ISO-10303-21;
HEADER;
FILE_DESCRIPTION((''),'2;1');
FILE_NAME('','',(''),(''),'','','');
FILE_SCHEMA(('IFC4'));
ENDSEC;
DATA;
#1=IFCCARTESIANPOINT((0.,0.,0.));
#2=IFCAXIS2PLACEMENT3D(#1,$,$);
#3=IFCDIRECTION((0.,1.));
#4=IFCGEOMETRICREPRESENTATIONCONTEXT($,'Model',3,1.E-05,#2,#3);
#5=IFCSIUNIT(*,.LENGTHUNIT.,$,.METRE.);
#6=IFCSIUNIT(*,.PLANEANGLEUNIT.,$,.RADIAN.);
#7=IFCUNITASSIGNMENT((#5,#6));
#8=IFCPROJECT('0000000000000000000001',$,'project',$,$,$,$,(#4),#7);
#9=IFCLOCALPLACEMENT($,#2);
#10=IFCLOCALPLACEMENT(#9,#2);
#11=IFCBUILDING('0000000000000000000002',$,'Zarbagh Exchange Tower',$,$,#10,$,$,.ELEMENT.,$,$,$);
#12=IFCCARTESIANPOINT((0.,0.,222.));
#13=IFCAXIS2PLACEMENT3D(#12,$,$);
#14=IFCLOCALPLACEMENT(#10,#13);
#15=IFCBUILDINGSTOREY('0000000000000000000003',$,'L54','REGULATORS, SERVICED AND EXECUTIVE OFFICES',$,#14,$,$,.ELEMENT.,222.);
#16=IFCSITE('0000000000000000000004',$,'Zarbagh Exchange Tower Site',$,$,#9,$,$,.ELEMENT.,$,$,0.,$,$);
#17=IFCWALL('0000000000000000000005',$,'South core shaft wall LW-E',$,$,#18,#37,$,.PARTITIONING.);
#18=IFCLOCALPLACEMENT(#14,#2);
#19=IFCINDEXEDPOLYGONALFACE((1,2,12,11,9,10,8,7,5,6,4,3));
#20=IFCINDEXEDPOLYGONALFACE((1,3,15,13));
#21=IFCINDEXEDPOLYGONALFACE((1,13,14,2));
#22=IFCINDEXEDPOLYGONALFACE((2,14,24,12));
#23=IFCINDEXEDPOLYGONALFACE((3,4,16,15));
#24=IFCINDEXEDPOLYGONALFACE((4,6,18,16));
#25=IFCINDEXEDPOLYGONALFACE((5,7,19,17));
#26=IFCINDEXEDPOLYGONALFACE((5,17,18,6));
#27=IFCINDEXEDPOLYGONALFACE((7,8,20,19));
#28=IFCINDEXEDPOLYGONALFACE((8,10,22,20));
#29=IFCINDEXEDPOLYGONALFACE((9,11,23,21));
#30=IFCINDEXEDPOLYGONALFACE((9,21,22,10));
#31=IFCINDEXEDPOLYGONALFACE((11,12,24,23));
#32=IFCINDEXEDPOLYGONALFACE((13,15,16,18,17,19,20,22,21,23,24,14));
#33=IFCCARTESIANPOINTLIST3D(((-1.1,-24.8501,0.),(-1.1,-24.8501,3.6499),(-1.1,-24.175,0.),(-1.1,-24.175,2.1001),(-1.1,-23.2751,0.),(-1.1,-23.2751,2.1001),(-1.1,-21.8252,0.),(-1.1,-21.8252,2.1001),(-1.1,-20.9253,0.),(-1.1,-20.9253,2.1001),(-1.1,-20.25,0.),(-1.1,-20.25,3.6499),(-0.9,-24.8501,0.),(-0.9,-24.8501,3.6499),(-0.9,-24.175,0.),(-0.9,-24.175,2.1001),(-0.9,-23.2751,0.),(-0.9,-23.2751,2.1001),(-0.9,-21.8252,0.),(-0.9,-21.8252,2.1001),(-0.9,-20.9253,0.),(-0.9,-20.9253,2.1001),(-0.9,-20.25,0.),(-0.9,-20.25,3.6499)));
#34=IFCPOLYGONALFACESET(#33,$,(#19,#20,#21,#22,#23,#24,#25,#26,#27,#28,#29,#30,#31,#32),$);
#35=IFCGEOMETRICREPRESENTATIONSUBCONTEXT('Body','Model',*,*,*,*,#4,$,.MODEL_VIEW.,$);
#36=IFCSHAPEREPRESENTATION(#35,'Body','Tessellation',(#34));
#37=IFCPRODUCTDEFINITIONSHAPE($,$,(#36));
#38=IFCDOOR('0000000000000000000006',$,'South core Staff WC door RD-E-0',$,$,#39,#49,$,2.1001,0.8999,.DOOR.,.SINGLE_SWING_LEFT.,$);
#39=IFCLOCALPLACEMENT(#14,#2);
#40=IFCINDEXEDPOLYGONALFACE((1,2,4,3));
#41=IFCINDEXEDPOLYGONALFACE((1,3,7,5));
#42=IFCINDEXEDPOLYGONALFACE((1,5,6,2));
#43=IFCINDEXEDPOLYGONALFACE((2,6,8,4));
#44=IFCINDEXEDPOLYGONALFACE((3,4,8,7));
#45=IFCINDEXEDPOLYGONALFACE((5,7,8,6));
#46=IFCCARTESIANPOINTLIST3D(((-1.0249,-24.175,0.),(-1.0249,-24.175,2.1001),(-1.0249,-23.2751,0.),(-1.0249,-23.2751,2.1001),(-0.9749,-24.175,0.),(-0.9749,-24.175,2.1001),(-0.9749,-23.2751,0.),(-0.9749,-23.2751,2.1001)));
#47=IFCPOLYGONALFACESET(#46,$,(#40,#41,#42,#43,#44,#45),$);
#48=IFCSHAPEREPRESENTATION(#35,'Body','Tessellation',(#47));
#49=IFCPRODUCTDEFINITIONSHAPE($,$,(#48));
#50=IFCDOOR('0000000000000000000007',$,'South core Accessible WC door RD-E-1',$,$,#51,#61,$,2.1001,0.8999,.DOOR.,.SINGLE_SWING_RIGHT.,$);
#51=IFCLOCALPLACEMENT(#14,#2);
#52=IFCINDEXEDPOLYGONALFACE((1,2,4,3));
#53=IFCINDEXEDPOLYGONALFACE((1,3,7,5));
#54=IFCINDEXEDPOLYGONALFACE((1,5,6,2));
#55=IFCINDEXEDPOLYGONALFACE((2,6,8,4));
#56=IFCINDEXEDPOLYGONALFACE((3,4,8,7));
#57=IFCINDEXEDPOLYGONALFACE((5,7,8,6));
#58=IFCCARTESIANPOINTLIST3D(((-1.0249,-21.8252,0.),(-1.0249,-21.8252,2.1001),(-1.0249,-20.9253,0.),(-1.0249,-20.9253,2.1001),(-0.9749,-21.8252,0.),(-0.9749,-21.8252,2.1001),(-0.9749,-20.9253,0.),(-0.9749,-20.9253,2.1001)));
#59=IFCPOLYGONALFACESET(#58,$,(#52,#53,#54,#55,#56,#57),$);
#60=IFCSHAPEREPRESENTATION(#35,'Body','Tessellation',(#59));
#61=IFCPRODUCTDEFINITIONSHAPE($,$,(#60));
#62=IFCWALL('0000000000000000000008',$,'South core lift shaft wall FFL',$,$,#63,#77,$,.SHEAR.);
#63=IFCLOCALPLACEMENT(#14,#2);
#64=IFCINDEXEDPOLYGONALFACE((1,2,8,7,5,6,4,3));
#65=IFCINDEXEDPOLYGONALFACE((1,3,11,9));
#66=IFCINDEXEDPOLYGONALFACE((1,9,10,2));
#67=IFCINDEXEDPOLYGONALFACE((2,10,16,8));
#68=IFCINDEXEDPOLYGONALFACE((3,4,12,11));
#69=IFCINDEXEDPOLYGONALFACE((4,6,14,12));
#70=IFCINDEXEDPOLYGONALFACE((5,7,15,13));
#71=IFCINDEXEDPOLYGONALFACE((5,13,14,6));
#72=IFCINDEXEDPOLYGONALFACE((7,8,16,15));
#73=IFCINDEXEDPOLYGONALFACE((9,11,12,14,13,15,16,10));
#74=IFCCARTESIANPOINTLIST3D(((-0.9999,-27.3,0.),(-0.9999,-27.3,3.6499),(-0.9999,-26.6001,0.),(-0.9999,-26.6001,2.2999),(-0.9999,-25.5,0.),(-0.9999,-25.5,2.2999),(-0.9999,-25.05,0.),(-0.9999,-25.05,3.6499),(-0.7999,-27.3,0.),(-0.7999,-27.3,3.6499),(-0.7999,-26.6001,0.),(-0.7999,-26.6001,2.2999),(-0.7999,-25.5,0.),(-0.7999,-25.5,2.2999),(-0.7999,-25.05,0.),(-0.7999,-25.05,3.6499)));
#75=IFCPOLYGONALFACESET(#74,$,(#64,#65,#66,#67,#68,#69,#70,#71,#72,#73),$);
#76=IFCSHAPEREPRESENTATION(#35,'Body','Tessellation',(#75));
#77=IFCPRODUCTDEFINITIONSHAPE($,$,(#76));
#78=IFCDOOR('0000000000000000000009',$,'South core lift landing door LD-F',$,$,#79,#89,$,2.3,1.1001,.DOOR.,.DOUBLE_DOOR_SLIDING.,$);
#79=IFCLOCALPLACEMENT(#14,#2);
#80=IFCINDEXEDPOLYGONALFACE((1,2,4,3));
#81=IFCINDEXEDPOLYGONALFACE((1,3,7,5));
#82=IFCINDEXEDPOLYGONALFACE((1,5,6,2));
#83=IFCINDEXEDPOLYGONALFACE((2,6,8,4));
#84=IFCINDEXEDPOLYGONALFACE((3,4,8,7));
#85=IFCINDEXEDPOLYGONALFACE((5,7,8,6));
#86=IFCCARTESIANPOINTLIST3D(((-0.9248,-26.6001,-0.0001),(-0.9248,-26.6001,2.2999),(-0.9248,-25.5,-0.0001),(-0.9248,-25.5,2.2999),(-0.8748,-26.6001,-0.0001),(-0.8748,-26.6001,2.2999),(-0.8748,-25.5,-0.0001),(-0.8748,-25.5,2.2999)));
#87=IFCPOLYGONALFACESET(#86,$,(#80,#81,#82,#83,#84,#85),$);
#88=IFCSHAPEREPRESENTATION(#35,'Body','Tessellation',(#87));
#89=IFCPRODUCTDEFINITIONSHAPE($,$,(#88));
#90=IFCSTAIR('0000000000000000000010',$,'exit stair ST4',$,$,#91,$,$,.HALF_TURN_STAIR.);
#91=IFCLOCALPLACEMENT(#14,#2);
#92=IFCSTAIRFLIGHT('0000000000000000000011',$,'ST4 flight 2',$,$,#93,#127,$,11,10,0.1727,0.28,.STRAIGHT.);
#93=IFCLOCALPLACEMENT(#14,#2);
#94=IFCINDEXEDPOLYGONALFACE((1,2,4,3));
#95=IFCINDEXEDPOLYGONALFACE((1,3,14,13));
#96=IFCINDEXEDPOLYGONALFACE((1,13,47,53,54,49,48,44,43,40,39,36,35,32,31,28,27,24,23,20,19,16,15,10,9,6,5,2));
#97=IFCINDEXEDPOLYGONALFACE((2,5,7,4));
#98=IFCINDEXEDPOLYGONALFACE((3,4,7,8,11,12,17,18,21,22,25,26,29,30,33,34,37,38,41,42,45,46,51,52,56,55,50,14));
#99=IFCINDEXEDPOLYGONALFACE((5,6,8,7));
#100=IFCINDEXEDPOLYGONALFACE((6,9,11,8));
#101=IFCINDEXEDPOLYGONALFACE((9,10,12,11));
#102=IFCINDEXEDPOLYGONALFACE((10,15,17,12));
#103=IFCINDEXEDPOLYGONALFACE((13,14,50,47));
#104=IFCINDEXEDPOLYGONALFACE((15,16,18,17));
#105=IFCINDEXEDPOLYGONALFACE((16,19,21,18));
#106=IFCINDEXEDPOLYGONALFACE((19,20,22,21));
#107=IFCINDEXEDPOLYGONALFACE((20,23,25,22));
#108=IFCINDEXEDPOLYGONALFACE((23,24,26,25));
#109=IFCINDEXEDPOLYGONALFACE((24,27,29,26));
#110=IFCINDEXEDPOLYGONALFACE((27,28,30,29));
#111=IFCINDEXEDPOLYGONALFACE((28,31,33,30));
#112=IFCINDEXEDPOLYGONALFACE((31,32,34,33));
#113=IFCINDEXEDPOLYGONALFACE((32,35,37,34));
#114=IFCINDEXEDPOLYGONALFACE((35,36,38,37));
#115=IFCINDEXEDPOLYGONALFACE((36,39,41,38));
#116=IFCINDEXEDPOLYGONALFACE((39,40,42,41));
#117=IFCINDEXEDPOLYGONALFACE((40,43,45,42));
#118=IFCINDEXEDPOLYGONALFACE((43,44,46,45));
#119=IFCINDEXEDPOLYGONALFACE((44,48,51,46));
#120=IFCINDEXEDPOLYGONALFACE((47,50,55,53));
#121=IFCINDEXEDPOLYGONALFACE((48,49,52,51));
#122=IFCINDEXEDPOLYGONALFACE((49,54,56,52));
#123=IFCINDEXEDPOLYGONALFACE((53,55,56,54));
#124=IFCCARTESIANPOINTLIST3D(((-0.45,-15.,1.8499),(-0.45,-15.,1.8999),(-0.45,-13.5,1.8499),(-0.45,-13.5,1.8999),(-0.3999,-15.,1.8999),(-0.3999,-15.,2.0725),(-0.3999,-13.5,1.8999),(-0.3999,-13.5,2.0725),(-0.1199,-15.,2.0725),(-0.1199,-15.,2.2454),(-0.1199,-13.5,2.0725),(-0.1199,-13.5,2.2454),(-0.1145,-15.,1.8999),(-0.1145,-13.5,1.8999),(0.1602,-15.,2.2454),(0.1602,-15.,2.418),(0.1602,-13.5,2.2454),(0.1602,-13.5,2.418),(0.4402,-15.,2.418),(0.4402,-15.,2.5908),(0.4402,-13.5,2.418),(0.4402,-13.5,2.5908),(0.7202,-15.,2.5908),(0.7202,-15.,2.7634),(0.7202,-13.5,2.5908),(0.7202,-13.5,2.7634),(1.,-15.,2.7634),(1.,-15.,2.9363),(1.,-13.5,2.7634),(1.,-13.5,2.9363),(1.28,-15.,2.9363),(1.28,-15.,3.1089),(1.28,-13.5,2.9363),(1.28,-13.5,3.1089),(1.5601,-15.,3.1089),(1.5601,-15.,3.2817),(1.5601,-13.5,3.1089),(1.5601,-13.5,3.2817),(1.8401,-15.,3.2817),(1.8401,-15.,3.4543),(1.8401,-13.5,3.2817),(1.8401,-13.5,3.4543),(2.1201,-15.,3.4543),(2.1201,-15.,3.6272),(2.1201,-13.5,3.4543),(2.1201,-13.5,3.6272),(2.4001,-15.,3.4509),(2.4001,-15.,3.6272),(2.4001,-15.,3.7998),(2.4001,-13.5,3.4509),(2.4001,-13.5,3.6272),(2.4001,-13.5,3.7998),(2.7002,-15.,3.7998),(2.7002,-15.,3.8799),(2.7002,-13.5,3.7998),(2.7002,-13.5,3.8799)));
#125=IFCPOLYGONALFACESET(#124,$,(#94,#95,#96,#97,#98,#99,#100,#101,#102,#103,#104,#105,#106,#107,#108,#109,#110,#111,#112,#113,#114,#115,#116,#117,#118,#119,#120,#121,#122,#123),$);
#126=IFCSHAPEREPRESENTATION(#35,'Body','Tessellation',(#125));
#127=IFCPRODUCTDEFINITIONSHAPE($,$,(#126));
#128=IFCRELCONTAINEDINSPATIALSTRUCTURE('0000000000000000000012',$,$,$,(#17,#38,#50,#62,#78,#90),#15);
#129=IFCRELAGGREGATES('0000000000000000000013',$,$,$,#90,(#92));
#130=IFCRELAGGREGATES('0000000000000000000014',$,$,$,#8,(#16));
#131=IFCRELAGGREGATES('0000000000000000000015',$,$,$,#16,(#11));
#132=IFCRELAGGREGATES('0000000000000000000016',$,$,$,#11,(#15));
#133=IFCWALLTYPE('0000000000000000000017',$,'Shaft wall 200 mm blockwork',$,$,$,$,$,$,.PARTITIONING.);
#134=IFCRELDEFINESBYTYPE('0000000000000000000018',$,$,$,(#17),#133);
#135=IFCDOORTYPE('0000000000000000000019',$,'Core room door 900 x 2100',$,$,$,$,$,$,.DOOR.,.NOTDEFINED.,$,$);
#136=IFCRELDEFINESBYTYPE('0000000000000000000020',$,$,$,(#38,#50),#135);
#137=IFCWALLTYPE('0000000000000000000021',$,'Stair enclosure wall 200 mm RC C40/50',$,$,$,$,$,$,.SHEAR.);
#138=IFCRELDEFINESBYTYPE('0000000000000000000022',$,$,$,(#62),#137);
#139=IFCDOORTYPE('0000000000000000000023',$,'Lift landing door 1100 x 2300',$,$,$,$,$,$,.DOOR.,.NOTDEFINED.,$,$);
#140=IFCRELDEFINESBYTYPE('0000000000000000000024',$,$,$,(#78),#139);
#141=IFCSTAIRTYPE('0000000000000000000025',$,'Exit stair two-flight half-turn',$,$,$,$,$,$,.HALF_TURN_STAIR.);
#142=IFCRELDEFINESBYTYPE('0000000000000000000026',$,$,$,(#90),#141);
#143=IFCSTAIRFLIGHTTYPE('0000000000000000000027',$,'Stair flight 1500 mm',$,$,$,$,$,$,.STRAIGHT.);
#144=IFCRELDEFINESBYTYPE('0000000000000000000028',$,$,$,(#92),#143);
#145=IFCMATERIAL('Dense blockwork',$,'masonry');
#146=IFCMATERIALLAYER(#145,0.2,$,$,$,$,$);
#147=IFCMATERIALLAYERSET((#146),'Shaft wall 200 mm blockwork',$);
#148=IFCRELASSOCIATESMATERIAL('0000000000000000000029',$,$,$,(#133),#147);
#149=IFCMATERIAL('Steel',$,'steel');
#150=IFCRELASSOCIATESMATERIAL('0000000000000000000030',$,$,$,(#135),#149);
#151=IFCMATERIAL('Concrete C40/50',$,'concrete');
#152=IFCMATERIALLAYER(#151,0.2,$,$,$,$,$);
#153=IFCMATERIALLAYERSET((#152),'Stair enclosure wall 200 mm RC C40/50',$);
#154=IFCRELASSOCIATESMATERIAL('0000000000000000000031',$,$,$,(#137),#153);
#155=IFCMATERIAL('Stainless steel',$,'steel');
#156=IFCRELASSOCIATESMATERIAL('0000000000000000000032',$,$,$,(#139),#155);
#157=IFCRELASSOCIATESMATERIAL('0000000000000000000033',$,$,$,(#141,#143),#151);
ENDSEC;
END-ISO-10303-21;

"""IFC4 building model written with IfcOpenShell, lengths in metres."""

from ifc_helpers import new_model, si_unit, direction, frame, frame_2d, origin, place, context, subcontext, project, spatial, polyline, rectangle, outline, extrude, material, layer, layer_set, type_object, element, fill, aggregate, save


model = new_model("IFC4")

# Units and contexts
model_context = context("Model", 3, precision=1e-05, world=origin(), true_north=direction((0.0, 1.0)))
body_context = subcontext(model_context, "Body", "Model", "MODEL_VIEW")
ifc_project = project(units=[si_unit("LENGTHUNIT", "METRE"), si_unit("PLANEANGLEUNIT", "RADIAN")], contexts=[model_context])

# Site, building, storey
site_placement = place(None, origin())
site = spatial("IfcSite", under=ifc_project, at=site_placement, Name="Zarbagh Exchange Tower Site", CompositionType="ELEMENT", RefElevation=0.0)
building_placement = place(site_placement, origin())
building = spatial("IfcBuilding", under=site, at=building_placement, Name="Zarbagh Exchange Tower", CompositionType="ELEMENT")
storey_placement = place(building_placement, frame((0.0, 0.0, 222.0)))
storey = spatial("IfcBuildingStorey", under=building, at=storey_placement, Name="L54", Description="REGULATORS, SERVICED AND EXECUTIVE OFFICES", CompositionType="ELEMENT", Elevation=222.0)

# Shared definitions
ifc_material_1 = material(Name="Concrete C40/50", Category="concrete")

# Shared definitions
ifc_material_2 = material(Name="Dense blockwork", Category="masonry")

# Shared definitions
ifc_layer_1 = layer(ifc_material_2, 0.2)
ifc_layer_set_1 = layer_set([ifc_layer_1], Name="Shaft wall 200 mm blockwork")
wall_type_1 = type_object("IfcWallType", Name="Shaft wall 200 mm blockwork", PredefinedType="PARTITIONING", material=ifc_layer_set_1)

# Wall, openings, doors
wall_1_placement = place(storey_placement, frame((-1.0, -24.8501, 0.0), z_axis=(0.0, 0.0, 1.0), x_axis=(0.0, 1.0, 0.0)))
wall_1 = element("IfcWall", 1, at=wall_1_placement, inside=storey, type_object=wall_type_1, Name="South core shaft wall LW-E", PredefinedType="PARTITIONING", context=body_context, shape_type="SweptSolid", body=[
    extrude(rectangle(XDim=4.6001, YDim=0.2, at=frame_2d((2.3, 0.0))), origin(), (0.0, 0.0, 1.0), 3.6499),
])
opening_1_placement = place(wall_1_placement, frame((0.675, 0.0, 0.0)))
opening_1 = element("IfcOpeningElement", 2, at=opening_1_placement, cuts=wall_1, PredefinedType="OPENING", context=body_context, shape_type="SweptSolid", body=[
    extrude(rectangle(XDim=0.8999, YDim=2.1001, at=frame_2d((0.45, 1.05))), frame((0.0, 0.1099, 0.0), z_axis=(0.0, -1.0, 0.0), x_axis=(1.0, 0.0, 0.0)), (0.0, 0.0, 1.0), 0.22),
])
opening_2_placement = place(wall_1_placement, frame((3.0249, 0.0, 0.0)))
opening_2 = element("IfcOpeningElement", 3, at=opening_2_placement, cuts=wall_1, PredefinedType="OPENING", context=body_context, shape_type="SweptSolid", body=[
    extrude(rectangle(XDim=0.8999, YDim=2.1001, at=frame_2d((0.45, 1.05))), frame((0.0, 0.1099, 0.0), z_axis=(0.0, -1.0, 0.0), x_axis=(1.0, 0.0, 0.0)), (0.0, 0.0, 1.0), 0.22),
])
ifc_material_3 = material(Name="Steel", Category="steel")
door_type_1 = type_object("IfcDoorType", Name="Core room door 900 x 2100", OperationType="NOTDEFINED", PredefinedType="DOOR", material=ifc_material_3)
door_1_placement = place(opening_1_placement, origin())
door_1 = element("IfcDoor", 4, at=door_1_placement, inside=storey, type_object=door_type_1, Name="South core Staff WC door RD-E-0", OperationType="SINGLE_SWING_LEFT", OverallHeight=2.1001, OverallWidth=0.8999, PredefinedType="DOOR", context=body_context, shape_type="SweptSolid", body=[
    extrude(rectangle(XDim=0.8999, YDim=2.1001, at=frame_2d((0.45, 1.05))), frame((0.0, 0.0249, 0.0), z_axis=(0.0, -1.0, 0.0), x_axis=(1.0, 0.0, 0.0)), (0.0, 0.0, 1.0), 0.05),
])
fill(opening_1, door_1)
door_2_placement = place(opening_2_placement, origin())
door_2 = element("IfcDoor", 5, at=door_2_placement, inside=storey, type_object=door_type_1, Name="South core Accessible WC door RD-E-1", OperationType="SINGLE_SWING_RIGHT", OverallHeight=2.1001, OverallWidth=0.8999, PredefinedType="DOOR", context=body_context, shape_type="SweptSolid", body=[
    extrude(rectangle(XDim=0.8999, YDim=2.1001, at=frame_2d((0.45, 1.05))), frame((0.0, 0.0249, 0.0), z_axis=(0.0, -1.0, 0.0), x_axis=(1.0, 0.0, 0.0)), (0.0, 0.0, 1.0), 0.05),
])
fill(opening_2, door_2)

# Wall, opening, door
ifc_layer_2 = layer(ifc_material_1, 0.2)
ifc_layer_set_2 = layer_set([ifc_layer_2], Name="Stair enclosure wall 200 mm RC C40/50")
wall_type_2 = type_object("IfcWallType", Name="Stair enclosure wall 200 mm RC C40/50", PredefinedType="SHEAR", material=ifc_layer_set_2)
wall_2_placement = place(storey_placement, frame((-0.8999, -27.3, 0.0), z_axis=(0.0, 0.0, 1.0), x_axis=(0.0, 1.0, 0.0)))
wall_2 = element("IfcWall", 6, at=wall_2_placement, inside=storey, type_object=wall_type_2, Name="South core lift shaft wall FFL", PredefinedType="SHEAR", context=body_context, shape_type="SweptSolid", body=[
    extrude(rectangle(XDim=2.25, YDim=0.2, at=frame_2d((1.125, 0.0))), origin(), (0.0, 0.0, 1.0), 3.6499),
])
opening_3_placement = place(wall_2_placement, frame((0.7, 0.0, 0.0)))
opening_3 = element("IfcOpeningElement", 7, at=opening_3_placement, cuts=wall_2, PredefinedType="OPENING", context=body_context, shape_type="SweptSolid", body=[
    extrude(rectangle(XDim=1.1001, YDim=2.3, at=frame_2d((0.55, 1.1499))), frame((0.0, 0.1099, 0.0), z_axis=(0.0, -1.0, 0.0), x_axis=(1.0, 0.0, 0.0)), (0.0, 0.0, 1.0), 0.22),
])
ifc_material_4 = material(Name="Stainless steel", Category="steel")
door_type_2 = type_object("IfcDoorType", Name="Lift landing door 1100 x 2300", OperationType="NOTDEFINED", PredefinedType="DOOR", material=ifc_material_4)
door_3_placement = place(opening_3_placement, origin())
door_3 = element("IfcDoor", 8, at=door_3_placement, inside=storey, type_object=door_type_2, Name="South core lift landing door LD-F", OperationType="DOUBLE_DOOR_SLIDING", OverallHeight=2.3, OverallWidth=1.1001, PredefinedType="DOOR", context=body_context, shape_type="SweptSolid", body=[
    extrude(rectangle(XDim=1.1001, YDim=2.3, at=frame_2d((0.55, 1.1499))), frame((0.0, 0.0249, 0.0), z_axis=(0.0, -1.0, 0.0), x_axis=(1.0, 0.0, 0.0)), (0.0, 0.0, 1.0), 0.05),
])
fill(opening_3, door_3)

# Stair, stair flight
stair_type = type_object("IfcStairType", Name="Exit stair two-flight half-turn", PredefinedType="HALF_TURN_STAIR", material=ifc_material_1)
stair_placement = place(storey_placement, origin())
stair = element("IfcStair", 9, at=stair_placement, inside=storey, type_object=stair_type, Name="exit stair ST4", PredefinedType="HALF_TURN_STAIR")
stair_flight_type = type_object("IfcStairFlightType", Name="Stair flight 1500 mm", PredefinedType="STRAIGHT", material=ifc_material_1)
stair_flight_placement = place(storey_placement, frame((-0.3999, -14.25, 1.8999), z_axis=(0.0, 0.0, 1.0), x_axis=(1.0, 0.0, 0.0)))
stair_flight = element("IfcStairFlight", 10, at=stair_flight_placement, type_object=stair_flight_type, Name="ST4 flight 2", NumberOfRisers=11, NumberOfTreads=10, PredefinedType="STRAIGHT", RiserHeight=0.1727, TreadLength=0.28, context=body_context, shape_type="SweptSolid", body=[
    extrude(outline(polyline([(-0.05, -0.05), (-0.05, 0.0), (0.0, 0.0), (0.0, 0.1726), (0.28, 0.1726), (0.28, 0.3455), (0.5601, 0.3455), (0.5601, 0.5181), (0.8401, 0.5181), (0.8401, 0.6909), (1.1201, 0.6909), (1.1201, 0.8635), (1.3999, 0.8635), (1.3999, 1.0364), (1.6799, 1.0364), (1.6799, 1.209), (1.96, 1.209), (1.96, 1.3818), (2.24, 1.3818), (2.24, 1.5544), (2.52, 1.5544), (2.52, 1.7273), (2.8, 1.7273), (2.8, 1.8999), (3.1001, 1.98), (3.1001, 1.8999), (2.8, 1.551), (0.2854, 0.0), (-0.05, -0.05)])), frame((0.0, 0.75, 0.0), z_axis=(0.0, -1.0, 0.0), x_axis=(1.0, 0.0, 0.0)), (0.0, 0.0, 1.0), 1.5),
])
aggregate(stair, [stair_flight])

save(model, "model.ifc")
